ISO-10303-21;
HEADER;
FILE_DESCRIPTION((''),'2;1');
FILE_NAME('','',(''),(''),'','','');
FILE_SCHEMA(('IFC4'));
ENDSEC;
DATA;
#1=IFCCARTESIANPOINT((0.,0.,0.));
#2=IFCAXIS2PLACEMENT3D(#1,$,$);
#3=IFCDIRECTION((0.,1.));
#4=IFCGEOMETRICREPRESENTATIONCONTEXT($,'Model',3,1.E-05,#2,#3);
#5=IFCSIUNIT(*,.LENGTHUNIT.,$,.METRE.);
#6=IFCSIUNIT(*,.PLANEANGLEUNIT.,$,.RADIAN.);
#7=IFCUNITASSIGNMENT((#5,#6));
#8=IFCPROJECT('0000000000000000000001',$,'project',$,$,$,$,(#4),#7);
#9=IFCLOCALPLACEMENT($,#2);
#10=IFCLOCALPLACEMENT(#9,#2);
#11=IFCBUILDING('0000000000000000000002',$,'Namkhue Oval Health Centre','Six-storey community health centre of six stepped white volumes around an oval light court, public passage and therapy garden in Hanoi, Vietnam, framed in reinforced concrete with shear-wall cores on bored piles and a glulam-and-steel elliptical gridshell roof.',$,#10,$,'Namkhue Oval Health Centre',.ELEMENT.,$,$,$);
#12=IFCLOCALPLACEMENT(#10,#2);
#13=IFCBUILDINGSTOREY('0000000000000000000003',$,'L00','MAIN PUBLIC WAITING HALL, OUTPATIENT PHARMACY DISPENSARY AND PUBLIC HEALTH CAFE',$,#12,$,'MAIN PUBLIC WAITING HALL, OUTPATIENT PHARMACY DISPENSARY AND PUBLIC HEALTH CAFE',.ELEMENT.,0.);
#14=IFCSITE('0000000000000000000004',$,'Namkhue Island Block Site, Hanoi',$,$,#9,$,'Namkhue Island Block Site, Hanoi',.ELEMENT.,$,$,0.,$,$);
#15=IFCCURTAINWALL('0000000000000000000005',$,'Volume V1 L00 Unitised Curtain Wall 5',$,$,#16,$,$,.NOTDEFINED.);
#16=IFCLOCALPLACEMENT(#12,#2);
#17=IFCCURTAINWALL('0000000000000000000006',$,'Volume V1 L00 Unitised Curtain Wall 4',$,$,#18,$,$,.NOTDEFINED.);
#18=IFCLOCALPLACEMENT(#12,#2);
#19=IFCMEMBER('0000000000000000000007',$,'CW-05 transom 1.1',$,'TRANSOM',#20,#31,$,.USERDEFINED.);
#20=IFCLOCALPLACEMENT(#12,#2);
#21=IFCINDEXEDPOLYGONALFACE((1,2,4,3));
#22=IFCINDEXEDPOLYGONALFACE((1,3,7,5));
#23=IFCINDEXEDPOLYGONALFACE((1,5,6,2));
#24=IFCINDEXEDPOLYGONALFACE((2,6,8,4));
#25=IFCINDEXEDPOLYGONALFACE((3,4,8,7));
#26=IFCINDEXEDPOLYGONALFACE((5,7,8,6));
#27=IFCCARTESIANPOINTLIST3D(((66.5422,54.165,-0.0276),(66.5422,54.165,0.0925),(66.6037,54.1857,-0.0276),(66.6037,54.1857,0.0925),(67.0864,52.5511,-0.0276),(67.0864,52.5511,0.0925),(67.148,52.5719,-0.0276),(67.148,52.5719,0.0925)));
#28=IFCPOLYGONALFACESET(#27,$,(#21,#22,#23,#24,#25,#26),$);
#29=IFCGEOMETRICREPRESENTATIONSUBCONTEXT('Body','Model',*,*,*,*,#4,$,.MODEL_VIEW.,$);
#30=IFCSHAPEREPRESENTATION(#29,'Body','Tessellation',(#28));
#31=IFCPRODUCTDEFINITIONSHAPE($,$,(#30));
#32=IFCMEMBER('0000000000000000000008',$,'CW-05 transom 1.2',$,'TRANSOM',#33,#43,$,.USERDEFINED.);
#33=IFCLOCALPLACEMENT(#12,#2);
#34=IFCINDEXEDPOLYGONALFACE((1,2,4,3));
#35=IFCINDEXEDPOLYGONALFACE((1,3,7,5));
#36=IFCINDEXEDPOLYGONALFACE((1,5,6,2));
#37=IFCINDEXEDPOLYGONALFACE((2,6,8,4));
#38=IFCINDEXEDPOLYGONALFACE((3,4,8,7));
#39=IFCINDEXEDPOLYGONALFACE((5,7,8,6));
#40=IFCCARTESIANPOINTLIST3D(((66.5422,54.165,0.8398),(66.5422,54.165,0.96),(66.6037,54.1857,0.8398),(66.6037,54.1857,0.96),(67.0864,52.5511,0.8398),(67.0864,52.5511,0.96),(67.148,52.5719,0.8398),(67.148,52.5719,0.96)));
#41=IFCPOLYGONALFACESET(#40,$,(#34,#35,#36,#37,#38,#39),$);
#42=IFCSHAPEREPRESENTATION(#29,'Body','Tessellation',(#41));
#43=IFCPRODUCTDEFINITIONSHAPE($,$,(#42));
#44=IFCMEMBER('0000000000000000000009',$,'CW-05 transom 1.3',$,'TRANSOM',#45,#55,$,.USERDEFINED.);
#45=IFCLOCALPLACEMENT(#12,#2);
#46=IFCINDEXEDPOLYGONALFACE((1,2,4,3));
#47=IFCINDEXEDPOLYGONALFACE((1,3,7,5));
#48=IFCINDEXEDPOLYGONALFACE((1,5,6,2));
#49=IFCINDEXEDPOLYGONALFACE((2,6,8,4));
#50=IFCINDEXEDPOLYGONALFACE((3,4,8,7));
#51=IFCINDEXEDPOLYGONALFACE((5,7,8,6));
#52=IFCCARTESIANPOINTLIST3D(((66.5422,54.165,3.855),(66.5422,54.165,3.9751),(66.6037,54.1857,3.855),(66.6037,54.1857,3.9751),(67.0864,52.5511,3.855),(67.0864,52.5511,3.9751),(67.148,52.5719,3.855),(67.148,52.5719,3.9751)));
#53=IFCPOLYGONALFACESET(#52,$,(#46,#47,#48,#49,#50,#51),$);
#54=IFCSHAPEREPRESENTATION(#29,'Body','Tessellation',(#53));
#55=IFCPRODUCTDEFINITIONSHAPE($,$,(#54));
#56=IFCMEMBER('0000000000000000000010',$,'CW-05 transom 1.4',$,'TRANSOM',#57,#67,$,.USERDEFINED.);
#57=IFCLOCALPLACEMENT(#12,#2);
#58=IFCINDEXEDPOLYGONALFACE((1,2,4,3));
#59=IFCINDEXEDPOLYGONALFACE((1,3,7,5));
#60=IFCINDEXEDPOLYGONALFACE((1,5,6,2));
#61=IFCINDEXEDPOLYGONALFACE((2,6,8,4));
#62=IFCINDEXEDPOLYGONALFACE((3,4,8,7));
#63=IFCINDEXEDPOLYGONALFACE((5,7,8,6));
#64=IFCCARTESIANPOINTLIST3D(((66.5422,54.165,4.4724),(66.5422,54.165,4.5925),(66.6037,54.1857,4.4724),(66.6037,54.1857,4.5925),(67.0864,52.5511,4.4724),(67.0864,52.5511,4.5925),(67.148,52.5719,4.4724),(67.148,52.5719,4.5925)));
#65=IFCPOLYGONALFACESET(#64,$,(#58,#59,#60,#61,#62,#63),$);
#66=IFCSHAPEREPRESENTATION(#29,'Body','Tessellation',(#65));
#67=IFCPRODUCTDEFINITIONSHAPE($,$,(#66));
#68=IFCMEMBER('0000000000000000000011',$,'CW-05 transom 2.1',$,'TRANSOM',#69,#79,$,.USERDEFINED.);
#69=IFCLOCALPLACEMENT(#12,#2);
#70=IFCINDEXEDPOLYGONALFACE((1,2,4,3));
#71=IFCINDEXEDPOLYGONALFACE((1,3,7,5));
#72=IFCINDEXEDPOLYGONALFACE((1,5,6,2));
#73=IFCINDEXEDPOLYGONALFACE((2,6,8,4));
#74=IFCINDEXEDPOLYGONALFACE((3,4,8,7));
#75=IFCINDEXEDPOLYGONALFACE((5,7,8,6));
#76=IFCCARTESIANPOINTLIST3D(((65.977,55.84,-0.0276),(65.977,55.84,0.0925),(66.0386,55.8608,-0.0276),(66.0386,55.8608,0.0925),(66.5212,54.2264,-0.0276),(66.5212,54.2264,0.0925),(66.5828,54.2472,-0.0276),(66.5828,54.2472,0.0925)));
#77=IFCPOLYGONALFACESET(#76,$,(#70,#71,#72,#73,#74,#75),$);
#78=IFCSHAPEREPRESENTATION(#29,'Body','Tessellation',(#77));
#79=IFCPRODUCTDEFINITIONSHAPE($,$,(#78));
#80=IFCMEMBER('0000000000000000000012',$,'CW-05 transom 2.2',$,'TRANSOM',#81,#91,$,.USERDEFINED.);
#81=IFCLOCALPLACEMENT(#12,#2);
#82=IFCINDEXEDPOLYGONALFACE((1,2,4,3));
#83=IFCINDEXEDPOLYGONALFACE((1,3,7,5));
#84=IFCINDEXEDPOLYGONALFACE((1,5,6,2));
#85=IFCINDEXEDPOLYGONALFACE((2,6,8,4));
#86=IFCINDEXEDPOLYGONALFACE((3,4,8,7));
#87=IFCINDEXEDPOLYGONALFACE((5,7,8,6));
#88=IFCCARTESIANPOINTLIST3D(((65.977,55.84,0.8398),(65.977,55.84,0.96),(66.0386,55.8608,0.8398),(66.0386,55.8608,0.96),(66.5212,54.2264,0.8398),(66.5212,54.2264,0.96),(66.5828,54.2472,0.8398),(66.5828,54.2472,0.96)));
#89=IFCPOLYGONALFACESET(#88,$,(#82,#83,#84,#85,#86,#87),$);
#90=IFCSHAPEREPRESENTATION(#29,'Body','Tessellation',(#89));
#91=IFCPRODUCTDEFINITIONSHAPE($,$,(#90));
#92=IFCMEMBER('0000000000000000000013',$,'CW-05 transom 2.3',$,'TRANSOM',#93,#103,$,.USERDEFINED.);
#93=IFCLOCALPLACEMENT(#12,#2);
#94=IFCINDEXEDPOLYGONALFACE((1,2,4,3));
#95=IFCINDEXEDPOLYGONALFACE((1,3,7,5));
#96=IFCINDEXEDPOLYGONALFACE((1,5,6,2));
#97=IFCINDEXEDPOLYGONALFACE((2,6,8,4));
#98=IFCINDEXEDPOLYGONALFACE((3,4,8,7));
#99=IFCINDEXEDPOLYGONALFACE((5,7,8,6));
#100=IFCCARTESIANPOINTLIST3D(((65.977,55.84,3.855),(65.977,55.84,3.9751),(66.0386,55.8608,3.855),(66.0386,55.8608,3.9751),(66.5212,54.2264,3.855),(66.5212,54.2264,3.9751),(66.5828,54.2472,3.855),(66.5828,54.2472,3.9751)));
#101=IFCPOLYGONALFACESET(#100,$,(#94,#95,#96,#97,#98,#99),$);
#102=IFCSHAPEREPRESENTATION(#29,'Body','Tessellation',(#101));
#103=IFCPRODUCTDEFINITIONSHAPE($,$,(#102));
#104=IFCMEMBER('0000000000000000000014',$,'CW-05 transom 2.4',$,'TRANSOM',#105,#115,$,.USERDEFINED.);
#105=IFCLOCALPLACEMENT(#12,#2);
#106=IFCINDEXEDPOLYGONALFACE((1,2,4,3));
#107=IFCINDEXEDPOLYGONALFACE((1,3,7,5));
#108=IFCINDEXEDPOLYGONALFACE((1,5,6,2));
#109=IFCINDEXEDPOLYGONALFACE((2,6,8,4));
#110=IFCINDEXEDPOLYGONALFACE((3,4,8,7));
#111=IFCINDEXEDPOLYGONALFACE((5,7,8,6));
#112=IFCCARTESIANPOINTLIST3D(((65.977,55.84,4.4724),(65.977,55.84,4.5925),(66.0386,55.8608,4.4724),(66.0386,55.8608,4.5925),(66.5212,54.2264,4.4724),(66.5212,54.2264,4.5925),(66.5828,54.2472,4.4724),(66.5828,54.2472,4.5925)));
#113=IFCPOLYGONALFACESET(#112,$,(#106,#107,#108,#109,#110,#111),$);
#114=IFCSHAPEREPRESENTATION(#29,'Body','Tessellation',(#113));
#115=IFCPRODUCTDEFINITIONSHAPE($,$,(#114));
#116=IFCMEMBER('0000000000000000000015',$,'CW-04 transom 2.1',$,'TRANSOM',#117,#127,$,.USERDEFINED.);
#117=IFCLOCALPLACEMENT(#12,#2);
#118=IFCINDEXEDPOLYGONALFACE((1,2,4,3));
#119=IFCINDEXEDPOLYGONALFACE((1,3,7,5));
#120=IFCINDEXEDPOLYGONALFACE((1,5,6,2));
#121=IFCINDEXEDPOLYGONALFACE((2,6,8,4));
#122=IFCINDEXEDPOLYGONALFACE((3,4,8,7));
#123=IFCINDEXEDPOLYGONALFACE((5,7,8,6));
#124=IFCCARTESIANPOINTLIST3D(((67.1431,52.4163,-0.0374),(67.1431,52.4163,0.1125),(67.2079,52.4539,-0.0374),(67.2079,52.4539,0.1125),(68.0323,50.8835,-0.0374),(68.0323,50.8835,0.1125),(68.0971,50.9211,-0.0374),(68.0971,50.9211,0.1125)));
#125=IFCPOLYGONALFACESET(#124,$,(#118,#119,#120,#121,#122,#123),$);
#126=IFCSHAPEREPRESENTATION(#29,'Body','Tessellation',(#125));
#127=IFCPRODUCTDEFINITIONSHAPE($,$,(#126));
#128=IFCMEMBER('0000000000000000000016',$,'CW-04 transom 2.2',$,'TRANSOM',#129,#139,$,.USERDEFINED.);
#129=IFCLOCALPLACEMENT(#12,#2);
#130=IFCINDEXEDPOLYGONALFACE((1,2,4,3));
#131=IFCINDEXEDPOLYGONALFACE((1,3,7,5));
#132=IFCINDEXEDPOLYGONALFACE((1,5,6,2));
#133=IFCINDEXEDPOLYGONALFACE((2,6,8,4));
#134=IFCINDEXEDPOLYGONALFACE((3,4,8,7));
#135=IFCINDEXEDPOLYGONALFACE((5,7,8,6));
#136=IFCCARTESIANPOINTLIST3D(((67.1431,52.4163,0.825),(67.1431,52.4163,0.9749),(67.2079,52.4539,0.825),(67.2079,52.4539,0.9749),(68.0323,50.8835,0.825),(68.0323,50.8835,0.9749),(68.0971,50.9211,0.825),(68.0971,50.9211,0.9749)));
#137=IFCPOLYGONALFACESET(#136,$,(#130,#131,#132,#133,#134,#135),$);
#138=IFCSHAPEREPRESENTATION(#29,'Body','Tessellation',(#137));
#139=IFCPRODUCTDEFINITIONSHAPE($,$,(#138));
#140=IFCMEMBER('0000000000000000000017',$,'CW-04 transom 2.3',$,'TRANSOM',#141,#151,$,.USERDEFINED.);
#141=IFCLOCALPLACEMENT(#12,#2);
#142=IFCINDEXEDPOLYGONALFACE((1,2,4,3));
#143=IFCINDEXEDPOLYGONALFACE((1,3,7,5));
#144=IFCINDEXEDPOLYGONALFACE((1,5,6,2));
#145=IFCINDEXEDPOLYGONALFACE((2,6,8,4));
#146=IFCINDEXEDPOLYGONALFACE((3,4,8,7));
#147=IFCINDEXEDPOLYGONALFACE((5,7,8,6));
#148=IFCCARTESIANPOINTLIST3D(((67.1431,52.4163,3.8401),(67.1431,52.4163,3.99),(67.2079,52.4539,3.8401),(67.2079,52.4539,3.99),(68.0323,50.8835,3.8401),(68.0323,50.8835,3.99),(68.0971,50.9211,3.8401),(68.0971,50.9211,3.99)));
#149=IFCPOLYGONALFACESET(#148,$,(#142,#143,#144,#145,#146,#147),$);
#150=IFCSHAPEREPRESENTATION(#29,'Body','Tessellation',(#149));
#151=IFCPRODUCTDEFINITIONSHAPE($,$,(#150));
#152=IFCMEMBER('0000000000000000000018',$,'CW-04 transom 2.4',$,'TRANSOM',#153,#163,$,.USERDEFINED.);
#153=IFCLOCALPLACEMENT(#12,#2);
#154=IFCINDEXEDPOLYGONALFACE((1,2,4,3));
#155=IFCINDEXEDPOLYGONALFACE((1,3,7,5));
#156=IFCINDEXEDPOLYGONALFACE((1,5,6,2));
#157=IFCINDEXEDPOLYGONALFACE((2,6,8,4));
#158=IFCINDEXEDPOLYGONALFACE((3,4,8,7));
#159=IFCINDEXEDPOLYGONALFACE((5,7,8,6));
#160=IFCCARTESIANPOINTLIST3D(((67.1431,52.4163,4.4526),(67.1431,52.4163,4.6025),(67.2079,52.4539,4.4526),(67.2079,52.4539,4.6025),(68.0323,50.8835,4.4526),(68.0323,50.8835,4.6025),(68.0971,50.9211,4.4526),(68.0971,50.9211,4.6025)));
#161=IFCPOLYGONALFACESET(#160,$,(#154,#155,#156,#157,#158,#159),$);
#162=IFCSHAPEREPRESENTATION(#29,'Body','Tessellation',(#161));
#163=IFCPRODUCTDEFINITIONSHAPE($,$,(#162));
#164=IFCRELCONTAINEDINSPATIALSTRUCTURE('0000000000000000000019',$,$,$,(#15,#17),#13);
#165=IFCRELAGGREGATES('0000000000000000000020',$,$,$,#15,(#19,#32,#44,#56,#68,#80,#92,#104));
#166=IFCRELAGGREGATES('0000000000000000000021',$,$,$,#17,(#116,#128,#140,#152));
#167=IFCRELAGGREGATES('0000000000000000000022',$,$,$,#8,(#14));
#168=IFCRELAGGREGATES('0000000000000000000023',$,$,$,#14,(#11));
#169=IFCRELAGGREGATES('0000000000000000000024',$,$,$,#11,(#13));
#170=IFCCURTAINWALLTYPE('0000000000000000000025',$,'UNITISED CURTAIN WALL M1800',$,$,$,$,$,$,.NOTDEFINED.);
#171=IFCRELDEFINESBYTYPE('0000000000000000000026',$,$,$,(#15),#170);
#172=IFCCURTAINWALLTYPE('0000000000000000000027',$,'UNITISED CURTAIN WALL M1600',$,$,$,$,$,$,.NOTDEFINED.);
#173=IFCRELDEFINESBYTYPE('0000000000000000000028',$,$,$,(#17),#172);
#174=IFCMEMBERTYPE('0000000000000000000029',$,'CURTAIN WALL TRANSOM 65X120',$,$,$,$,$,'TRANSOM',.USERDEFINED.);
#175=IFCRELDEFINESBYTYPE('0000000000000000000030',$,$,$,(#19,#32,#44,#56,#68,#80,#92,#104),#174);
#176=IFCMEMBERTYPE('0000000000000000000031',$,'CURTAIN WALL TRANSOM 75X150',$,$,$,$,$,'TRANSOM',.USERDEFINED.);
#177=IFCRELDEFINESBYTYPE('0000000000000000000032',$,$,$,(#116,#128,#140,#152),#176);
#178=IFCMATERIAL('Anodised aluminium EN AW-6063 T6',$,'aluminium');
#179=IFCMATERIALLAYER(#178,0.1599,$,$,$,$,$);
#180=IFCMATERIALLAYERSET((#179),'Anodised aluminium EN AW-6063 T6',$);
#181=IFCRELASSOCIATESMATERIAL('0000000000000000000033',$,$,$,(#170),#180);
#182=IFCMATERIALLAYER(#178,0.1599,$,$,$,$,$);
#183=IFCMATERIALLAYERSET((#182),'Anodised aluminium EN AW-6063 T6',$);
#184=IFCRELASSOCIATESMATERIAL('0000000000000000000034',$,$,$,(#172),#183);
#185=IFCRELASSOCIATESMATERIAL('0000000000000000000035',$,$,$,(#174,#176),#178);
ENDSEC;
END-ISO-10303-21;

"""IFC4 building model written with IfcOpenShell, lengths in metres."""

from ifc_helpers import new_model, si_unit, direction, frame, origin, origin_2d, place, context, subcontext, project, spatial, rectangle, extrude, material, layer, layer_set, material_profile, profile_set, type_object, element, aggregate, save


model = new_model("IFC4")

# Units and contexts
model_context = context("Model", 3, precision=1e-05, world=origin(), true_north=direction((0.0, 1.0)))
body_context = subcontext(model_context, "Body", "Model", "MODEL_VIEW")
ifc_project = project(units=[si_unit("LENGTHUNIT", "METRE"), si_unit("PLANEANGLEUNIT", "RADIAN")], contexts=[model_context])

# Site, building, storey
site_placement = place(None, origin())
site = spatial("IfcSite", under=ifc_project, at=site_placement, Name="Namkhue Island Block Site, Hanoi", LongName="Namkhue Island Block Site, Hanoi", CompositionType="ELEMENT", RefElevation=0.0)
building_placement = place(site_placement, origin())
building = spatial("IfcBuilding", under=site, at=building_placement, Name="Namkhue Oval Health Centre", Description="Six-storey community health centre of six stepped white volumes around an oval light court, public passage and therapy garden in Hanoi, Vietnam, framed in reinforced concrete with shear-wall cores on bored piles and a glulam-and-steel elliptical gridshell roof.", LongName="Namkhue Oval Health Centre", CompositionType="ELEMENT")
storey_placement = place(building_placement, origin())
storey = spatial("IfcBuildingStorey", under=building, at=storey_placement, Name="L00", Description="MAIN PUBLIC WAITING HALL, OUTPATIENT PHARMACY DISPENSARY AND PUBLIC HEALTH CAFE", LongName="MAIN PUBLIC WAITING HALL, OUTPATIENT PHARMACY DISPENSARY AND PUBLIC HEALTH CAFE", CompositionType="ELEMENT", Elevation=0.0)

# Curtain wall
ifc_material_1 = material(Name="Anodised aluminium EN AW-6063 T6", Category="aluminium")
ifc_layer_1 = layer(ifc_material_1, 0.1599)
ifc_layer_set_1 = layer_set([ifc_layer_1], Name="Anodised aluminium EN AW-6063 T6")
curtain_wall_type_1 = type_object("IfcCurtainWallType", Name="UNITISED CURTAIN WALL M1800", PredefinedType="NOTDEFINED", material=ifc_layer_set_1)
curtain_wall_1_placement = place(storey_placement, origin())
curtain_wall_1 = element("IfcCurtainWall", 1, at=curtain_wall_1_placement, inside=storey, type_object=curtain_wall_type_1, Name="Volume V1 L00 Unitised Curtain Wall 5", PredefinedType="NOTDEFINED")

# Curtain wall
ifc_layer_2 = layer(ifc_material_1, 0.1599)
ifc_layer_set_2 = layer_set([ifc_layer_2], Name="Anodised aluminium EN AW-6063 T6")
curtain_wall_type_2 = type_object("IfcCurtainWallType", Name="UNITISED CURTAIN WALL M1600", PredefinedType="NOTDEFINED", material=ifc_layer_set_2)
curtain_wall_2_placement = place(storey_placement, origin())
curtain_wall_2 = element("IfcCurtainWall", 2, at=curtain_wall_2_placement, inside=storey, type_object=curtain_wall_type_2, Name="Volume V1 L00 Unitised Curtain Wall 4", PredefinedType="NOTDEFINED")

# Members
ifc_material_profile_1 = material_profile(ifc_material_1, rectangle(XDim=0.0649, YDim=0.1201, at=origin_2d()), Name="ALU 65x120")
ifc_profile_set_1 = profile_set([ifc_material_profile_1], Name="Anodised aluminium EN AW-6063 T6")
member_type_1 = type_object("IfcMemberType", Name="CURTAIN WALL TRANSOM 65X120", ElementType="TRANSOM", PredefinedType="USERDEFINED", material=ifc_profile_set_1)
member_1_placement = place(storey_placement, frame((67.1172, 52.5615, 0.0325), z_axis=(-0.319537, 0.947574, 0.0), x_axis=(-0.947574, -0.319537, 0.0)))
member_1 = element("IfcMember", 3, at=member_1_placement, type_object=member_type_1, Name="CW-05 transom 1.1", ObjectType="TRANSOM", PredefinedType="USERDEFINED", context=body_context, shape_type="SweptSolid", body=[
    extrude(rectangle(XDim=0.0649, YDim=0.1201, at=origin_2d()), origin(), (0.0, 0.0, 1.0), 1.7031),
])
member_2_placement = place(storey_placement, frame((67.1172, 52.5615, 0.8999), z_axis=(-0.319537, 0.947574, 0.0), x_axis=(-0.947574, -0.319537, 0.0)))
member_2 = element("IfcMember", 4, at=member_2_placement, type_object=member_type_1, Name="CW-05 transom 1.2", ObjectType="TRANSOM", PredefinedType="USERDEFINED", context=body_context, shape_type="SweptSolid", body=[
    extrude(rectangle(XDim=0.0649, YDim=0.1201, at=origin_2d()), origin(), (0.0, 0.0, 1.0), 1.7031),
])
member_3_placement = place(storey_placement, frame((67.1172, 52.5615, 3.915), z_axis=(-0.319537, 0.947574, 0.0), x_axis=(-0.947574, -0.319537, 0.0)))
member_3 = element("IfcMember", 5, at=member_3_placement, type_object=member_type_1, Name="CW-05 transom 1.3", ObjectType="TRANSOM", PredefinedType="USERDEFINED", context=body_context, shape_type="SweptSolid", body=[
    extrude(rectangle(XDim=0.0649, YDim=0.1201, at=origin_2d()), origin(), (0.0, 0.0, 1.0), 1.7031),
])
member_4_placement = place(storey_placement, frame((67.1172, 52.5615, 4.5325), z_axis=(-0.319537, 0.947574, 0.0), x_axis=(-0.947574, -0.319537, 0.0)))
member_4 = element("IfcMember", 6, at=member_4_placement, type_object=member_type_1, Name="CW-05 transom 1.4", ObjectType="TRANSOM", PredefinedType="USERDEFINED", context=body_context, shape_type="SweptSolid", body=[
    extrude(rectangle(XDim=0.0649, YDim=0.1201, at=origin_2d()), origin(), (0.0, 0.0, 1.0), 1.7031),
])
member_5_placement = place(storey_placement, frame((66.552, 54.2368, 0.0325), z_axis=(-0.319581, 0.947559, 0.0), x_axis=(-0.947559, -0.319581, 0.0)))
member_5 = element("IfcMember", 7, at=member_5_placement, type_object=member_type_1, Name="CW-05 transom 2.1", ObjectType="TRANSOM", PredefinedType="USERDEFINED", context=body_context, shape_type="SweptSolid", body=[
    extrude(rectangle(XDim=0.0649, YDim=0.1201, at=origin_2d()), origin(), (0.0, 0.0, 1.0), 1.7029),
])
member_6_placement = place(storey_placement, frame((66.552, 54.2368, 0.8999), z_axis=(-0.319581, 0.947559, 0.0), x_axis=(-0.947559, -0.319581, 0.0)))
member_6 = element("IfcMember", 8, at=member_6_placement, type_object=member_type_1, Name="CW-05 transom 2.2", ObjectType="TRANSOM", PredefinedType="USERDEFINED", context=body_context, shape_type="SweptSolid", body=[
    extrude(rectangle(XDim=0.0649, YDim=0.1201, at=origin_2d()), origin(), (0.0, 0.0, 1.0), 1.7029),
])
member_7_placement = place(storey_placement, frame((66.552, 54.2368, 3.915), z_axis=(-0.319581, 0.947559, 0.0), x_axis=(-0.947559, -0.319581, 0.0)))
member_7 = element("IfcMember", 9, at=member_7_placement, type_object=member_type_1, Name="CW-05 transom 2.3", ObjectType="TRANSOM", PredefinedType="USERDEFINED", context=body_context, shape_type="SweptSolid", body=[
    extrude(rectangle(XDim=0.0649, YDim=0.1201, at=origin_2d()), origin(), (0.0, 0.0, 1.0), 1.7029),
])
member_8_placement = place(storey_placement, frame((66.552, 54.2368, 4.5325), z_axis=(-0.319581, 0.947559, 0.0), x_axis=(-0.947559, -0.319581, 0.0)))
member_8 = element("IfcMember", 10, at=member_8_placement, type_object=member_type_1, Name="CW-05 transom 2.4", ObjectType="TRANSOM", PredefinedType="USERDEFINED", context=body_context, shape_type="SweptSolid", body=[
    extrude(rectangle(XDim=0.0649, YDim=0.1201, at=origin_2d()), origin(), (0.0, 0.0, 1.0), 1.7029),
])
ifc_material_profile_2 = material_profile(ifc_material_1, rectangle(XDim=0.075, YDim=0.1499, at=origin_2d()), Name="ALU 75x150")
ifc_profile_set_2 = profile_set([ifc_material_profile_2], Name="Anodised aluminium EN AW-6063 T6")
member_type_2 = type_object("IfcMemberType", Name="CURTAIN WALL TRANSOM 75X150", ElementType="TRANSOM", PredefinedType="USERDEFINED", material=ifc_profile_set_2)
member_9_placement = place(storey_placement, frame((68.0647, 50.9023, 0.0376), z_axis=(-0.501796, 0.864986, 0.0), x_axis=(-0.864986, -0.501796, 0.0)))
member_9 = element("IfcMember", 11, at=member_9_placement, type_object=member_type_2, Name="CW-04 transom 2.1", ObjectType="TRANSOM", PredefinedType="USERDEFINED", context=body_context, shape_type="SweptSolid", body=[
    extrude(rectangle(XDim=0.075, YDim=0.1499, at=origin_2d()), origin(), (0.0, 0.0, 1.0), 1.772),
])
member_10_placement = place(storey_placement, frame((68.0647, 50.9023, 0.8999), z_axis=(-0.501796, 0.864986, 0.0), x_axis=(-0.864986, -0.501796, 0.0)))
member_10 = element("IfcMember", 12, at=member_10_placement, type_object=member_type_2, Name="CW-04 transom 2.2", ObjectType="TRANSOM", PredefinedType="USERDEFINED", context=body_context, shape_type="SweptSolid", body=[
    extrude(rectangle(XDim=0.075, YDim=0.1499, at=origin_2d()), origin(), (0.0, 0.0, 1.0), 1.772),
])
member_11_placement = place(storey_placement, frame((68.0647, 50.9023, 3.915), z_axis=(-0.501796, 0.864986, 0.0), x_axis=(-0.864986, -0.501796, 0.0)))
member_11 = element("IfcMember", 13, at=member_11_placement, type_object=member_type_2, Name="CW-04 transom 2.3", ObjectType="TRANSOM", PredefinedType="USERDEFINED", context=body_context, shape_type="SweptSolid", body=[
    extrude(rectangle(XDim=0.075, YDim=0.1499, at=origin_2d()), origin(), (0.0, 0.0, 1.0), 1.772),
])
member_12_placement = place(storey_placement, frame((68.0647, 50.9023, 4.5276), z_axis=(-0.501796, 0.864986, 0.0), x_axis=(-0.864986, -0.501796, 0.0)))
member_12 = element("IfcMember", 14, at=member_12_placement, type_object=member_type_2, Name="CW-04 transom 2.4", ObjectType="TRANSOM", PredefinedType="USERDEFINED", context=body_context, shape_type="SweptSolid", body=[
    extrude(rectangle(XDim=0.075, YDim=0.1499, at=origin_2d()), origin(), (0.0, 0.0, 1.0), 1.772),
])

aggregate(curtain_wall_1, [member_1, member_2, member_3, member_4, member_5, member_6, member_7, member_8])
aggregate(curtain_wall_2, [member_9, member_10, member_11, member_12])

save(model, "model.ifc")
